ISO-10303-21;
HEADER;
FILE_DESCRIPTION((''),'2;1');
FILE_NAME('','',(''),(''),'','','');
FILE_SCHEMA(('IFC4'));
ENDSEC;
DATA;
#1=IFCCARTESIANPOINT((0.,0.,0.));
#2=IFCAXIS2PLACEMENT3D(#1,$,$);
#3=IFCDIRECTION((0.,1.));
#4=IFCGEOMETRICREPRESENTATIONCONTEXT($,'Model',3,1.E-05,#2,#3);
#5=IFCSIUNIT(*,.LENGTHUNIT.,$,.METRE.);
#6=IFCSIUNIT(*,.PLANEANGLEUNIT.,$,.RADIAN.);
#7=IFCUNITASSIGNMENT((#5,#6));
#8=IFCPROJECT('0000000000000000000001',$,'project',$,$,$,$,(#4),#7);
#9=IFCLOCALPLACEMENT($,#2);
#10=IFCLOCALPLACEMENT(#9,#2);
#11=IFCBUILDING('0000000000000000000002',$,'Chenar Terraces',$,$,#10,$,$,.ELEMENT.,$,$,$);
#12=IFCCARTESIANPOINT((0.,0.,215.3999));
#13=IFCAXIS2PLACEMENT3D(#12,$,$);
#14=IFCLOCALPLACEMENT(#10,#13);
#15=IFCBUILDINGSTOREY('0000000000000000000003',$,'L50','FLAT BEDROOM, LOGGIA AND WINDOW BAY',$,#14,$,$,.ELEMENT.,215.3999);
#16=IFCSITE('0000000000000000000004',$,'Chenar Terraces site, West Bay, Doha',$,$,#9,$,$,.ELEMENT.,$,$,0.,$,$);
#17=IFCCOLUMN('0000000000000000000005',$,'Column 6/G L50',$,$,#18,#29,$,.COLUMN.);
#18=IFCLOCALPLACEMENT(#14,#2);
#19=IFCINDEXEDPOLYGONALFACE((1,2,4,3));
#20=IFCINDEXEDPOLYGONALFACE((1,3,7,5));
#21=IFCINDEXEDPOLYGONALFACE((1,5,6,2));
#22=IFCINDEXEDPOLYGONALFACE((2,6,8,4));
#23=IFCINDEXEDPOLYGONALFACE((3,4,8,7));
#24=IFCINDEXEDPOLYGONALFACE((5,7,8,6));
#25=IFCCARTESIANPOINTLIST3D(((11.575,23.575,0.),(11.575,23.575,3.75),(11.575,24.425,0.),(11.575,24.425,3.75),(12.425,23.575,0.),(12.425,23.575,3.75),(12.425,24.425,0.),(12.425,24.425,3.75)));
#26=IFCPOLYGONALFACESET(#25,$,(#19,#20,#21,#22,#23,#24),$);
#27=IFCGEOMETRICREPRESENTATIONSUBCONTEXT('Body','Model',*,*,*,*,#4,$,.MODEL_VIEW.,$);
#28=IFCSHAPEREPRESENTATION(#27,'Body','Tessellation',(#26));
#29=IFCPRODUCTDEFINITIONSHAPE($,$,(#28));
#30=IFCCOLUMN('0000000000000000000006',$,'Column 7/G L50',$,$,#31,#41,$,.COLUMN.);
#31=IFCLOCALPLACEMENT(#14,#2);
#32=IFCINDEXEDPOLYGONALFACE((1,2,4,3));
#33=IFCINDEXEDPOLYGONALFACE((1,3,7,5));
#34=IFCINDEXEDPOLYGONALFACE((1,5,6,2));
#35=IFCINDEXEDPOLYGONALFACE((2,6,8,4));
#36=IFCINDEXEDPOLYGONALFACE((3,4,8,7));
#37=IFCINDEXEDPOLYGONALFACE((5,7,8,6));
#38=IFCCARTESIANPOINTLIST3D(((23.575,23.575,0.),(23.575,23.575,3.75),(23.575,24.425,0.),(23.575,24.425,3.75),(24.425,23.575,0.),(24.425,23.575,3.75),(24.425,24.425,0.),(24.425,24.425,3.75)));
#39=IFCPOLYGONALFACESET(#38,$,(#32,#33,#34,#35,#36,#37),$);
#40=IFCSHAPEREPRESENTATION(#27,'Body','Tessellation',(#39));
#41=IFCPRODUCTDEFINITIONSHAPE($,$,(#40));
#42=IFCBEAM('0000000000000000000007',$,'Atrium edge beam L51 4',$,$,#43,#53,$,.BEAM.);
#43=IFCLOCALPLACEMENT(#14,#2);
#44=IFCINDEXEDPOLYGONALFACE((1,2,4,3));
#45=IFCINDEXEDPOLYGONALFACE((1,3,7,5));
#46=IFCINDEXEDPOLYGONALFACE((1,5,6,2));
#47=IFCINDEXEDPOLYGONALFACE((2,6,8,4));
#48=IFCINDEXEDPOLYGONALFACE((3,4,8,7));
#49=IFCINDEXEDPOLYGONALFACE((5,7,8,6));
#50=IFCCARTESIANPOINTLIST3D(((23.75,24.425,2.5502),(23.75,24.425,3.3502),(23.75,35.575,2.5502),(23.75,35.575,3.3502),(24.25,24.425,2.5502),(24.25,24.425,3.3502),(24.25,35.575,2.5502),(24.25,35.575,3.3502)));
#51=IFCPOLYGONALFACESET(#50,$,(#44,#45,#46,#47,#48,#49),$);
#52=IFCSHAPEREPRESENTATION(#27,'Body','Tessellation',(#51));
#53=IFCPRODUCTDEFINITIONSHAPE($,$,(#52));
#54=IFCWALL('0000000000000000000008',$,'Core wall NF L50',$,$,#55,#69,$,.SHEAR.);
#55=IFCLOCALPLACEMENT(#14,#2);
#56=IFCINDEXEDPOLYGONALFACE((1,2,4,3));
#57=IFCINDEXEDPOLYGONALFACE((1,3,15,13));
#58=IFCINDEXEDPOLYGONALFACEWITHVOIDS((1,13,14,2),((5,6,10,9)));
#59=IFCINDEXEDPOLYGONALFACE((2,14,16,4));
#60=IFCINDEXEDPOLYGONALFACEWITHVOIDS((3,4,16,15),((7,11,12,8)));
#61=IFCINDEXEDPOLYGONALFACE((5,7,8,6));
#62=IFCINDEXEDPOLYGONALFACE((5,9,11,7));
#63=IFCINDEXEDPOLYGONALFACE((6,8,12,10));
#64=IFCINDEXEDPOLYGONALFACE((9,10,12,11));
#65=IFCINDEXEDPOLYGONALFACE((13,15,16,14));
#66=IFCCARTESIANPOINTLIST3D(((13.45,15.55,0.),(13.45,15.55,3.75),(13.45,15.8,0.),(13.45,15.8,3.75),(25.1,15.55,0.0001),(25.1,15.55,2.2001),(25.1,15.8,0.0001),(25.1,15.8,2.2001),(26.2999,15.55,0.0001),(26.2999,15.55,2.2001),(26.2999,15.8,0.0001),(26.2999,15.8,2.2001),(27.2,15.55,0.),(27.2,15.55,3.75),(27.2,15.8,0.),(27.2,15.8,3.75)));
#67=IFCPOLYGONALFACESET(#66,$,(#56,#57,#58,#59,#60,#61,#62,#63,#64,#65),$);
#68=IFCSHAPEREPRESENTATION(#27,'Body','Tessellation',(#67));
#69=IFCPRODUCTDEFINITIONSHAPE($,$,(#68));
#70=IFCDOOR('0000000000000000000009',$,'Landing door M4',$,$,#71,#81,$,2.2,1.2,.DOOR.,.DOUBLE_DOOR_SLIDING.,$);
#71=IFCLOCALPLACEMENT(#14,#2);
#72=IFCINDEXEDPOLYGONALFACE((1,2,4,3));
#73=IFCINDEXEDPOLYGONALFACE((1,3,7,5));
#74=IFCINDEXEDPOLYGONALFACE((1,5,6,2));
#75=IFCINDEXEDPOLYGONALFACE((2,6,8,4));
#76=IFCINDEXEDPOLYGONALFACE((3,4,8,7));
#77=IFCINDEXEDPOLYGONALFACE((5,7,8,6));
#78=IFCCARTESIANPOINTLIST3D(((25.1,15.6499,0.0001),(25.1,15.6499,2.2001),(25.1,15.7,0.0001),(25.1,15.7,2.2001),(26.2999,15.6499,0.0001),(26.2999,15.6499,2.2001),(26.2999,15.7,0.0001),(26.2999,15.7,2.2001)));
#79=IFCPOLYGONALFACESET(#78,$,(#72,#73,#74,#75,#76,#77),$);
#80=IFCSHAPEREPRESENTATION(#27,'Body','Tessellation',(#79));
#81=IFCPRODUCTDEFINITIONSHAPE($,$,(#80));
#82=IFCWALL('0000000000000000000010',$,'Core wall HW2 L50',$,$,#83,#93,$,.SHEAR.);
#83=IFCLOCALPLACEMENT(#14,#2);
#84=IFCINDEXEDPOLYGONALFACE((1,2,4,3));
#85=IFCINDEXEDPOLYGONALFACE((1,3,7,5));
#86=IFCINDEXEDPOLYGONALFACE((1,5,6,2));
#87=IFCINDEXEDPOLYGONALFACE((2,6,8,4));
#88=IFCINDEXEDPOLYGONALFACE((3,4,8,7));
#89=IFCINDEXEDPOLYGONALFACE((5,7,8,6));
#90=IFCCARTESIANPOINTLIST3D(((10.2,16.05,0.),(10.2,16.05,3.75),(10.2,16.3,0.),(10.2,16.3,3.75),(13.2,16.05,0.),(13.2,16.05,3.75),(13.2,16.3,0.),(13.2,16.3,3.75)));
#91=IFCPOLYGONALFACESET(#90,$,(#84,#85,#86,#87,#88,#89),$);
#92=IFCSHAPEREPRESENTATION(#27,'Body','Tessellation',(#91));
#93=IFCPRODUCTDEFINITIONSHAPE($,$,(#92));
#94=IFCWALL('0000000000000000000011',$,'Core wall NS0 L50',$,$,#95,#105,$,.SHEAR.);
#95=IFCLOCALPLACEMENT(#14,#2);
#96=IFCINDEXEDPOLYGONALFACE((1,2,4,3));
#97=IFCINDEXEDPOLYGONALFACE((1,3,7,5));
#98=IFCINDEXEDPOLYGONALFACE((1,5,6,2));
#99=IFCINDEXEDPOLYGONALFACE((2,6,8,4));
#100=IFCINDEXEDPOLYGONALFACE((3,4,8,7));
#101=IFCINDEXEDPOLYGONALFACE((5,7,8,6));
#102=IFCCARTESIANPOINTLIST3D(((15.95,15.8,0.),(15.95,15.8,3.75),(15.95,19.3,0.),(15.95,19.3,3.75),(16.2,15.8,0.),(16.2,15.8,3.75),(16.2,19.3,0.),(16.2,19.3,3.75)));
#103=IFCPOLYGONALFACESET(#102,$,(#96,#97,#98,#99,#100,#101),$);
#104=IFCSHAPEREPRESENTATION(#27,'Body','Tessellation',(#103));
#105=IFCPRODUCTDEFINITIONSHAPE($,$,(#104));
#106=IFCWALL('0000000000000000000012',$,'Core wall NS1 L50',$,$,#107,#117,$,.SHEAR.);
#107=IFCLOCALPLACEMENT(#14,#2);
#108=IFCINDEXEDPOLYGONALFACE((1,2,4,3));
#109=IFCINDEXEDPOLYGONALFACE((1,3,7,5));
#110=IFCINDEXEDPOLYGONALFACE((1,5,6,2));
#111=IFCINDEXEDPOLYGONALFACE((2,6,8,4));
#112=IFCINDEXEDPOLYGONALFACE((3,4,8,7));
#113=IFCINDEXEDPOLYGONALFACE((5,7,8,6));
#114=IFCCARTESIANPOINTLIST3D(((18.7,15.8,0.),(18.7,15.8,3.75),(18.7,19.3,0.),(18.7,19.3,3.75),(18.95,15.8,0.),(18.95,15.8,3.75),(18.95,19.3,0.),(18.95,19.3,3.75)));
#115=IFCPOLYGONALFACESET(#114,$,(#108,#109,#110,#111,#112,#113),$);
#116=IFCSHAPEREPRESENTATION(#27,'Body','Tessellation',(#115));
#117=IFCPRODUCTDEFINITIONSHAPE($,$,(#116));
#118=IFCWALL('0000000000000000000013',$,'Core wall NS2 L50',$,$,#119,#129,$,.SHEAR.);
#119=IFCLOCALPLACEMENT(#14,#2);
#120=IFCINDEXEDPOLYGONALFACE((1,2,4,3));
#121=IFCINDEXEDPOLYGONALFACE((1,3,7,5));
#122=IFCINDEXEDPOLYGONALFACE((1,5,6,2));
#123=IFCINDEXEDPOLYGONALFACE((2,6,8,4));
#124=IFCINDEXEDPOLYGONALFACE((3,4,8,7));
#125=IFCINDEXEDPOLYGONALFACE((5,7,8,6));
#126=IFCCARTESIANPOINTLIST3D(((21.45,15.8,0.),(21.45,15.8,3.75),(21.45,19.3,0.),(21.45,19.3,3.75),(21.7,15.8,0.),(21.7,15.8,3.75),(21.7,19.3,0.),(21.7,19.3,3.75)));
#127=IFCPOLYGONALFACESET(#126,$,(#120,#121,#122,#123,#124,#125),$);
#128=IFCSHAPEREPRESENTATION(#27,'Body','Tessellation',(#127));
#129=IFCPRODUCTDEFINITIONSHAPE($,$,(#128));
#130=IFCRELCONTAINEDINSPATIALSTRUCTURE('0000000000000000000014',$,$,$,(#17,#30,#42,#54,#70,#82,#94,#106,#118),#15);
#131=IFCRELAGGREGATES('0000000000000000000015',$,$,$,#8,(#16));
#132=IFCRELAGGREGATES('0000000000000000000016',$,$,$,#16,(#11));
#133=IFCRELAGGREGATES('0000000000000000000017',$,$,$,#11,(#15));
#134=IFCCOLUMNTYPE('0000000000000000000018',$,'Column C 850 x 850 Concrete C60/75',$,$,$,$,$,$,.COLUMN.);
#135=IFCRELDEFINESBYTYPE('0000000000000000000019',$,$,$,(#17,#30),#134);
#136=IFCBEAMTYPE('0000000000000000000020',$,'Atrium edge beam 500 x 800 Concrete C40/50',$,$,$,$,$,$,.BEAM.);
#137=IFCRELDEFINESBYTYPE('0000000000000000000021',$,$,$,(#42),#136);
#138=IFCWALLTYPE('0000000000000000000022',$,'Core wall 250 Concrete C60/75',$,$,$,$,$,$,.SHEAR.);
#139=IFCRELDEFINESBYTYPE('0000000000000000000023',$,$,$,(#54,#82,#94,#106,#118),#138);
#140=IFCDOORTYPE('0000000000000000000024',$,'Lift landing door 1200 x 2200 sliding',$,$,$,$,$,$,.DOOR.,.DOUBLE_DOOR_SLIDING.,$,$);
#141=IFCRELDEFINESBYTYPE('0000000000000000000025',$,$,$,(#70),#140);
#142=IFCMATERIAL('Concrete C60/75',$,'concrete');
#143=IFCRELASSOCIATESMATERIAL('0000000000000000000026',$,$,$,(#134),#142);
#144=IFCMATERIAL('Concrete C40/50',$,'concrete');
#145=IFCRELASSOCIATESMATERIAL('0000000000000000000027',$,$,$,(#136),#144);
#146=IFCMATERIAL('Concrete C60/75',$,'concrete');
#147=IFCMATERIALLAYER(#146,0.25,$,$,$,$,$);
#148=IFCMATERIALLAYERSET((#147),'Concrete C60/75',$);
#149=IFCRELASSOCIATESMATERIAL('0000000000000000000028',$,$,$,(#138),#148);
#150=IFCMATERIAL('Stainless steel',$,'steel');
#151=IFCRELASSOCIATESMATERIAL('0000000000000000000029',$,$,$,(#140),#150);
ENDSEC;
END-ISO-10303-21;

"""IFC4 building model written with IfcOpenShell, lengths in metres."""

from ifc_helpers import new_model, si_unit, direction, frame, frame_2d, origin, origin_2d, place, context, subcontext, project, spatial, rectangle, extrude, material, layer, layer_set, material_profile, profile_set, type_object, element, fill, save


model = new_model("IFC4")

# Units and contexts
model_context = context("Model", 3, precision=1e-05, world=origin(), true_north=direction((0.0, 1.0)))
body_context = subcontext(model_context, "Body", "Model", "MODEL_VIEW")
ifc_project = project(units=[si_unit("LENGTHUNIT", "METRE"), si_unit("PLANEANGLEUNIT", "RADIAN")], contexts=[model_context])

# Site, building, storey
site_placement = place(None, origin())
site = spatial("IfcSite", under=ifc_project, at=site_placement, Name="Chenar Terraces site, West Bay, Doha", CompositionType="ELEMENT", RefElevation=0.0)
building_placement = place(site_placement, origin())
building = spatial("IfcBuilding", under=site, at=building_placement, Name="Chenar Terraces", CompositionType="ELEMENT")
storey_placement = place(building_placement, frame((0.0, 0.0, 215.3999)))
storey = spatial("IfcBuildingStorey", under=building, at=storey_placement, Name="L50", Description="FLAT BEDROOM, LOGGIA AND WINDOW BAY", CompositionType="ELEMENT", Elevation=215.3999)

# Columns
ifc_material_1 = material(Name="Concrete C60/75", Category="concrete")
ifc_material_profile_1 = material_profile(ifc_material_1, rectangle(XDim=0.8501, YDim=0.8501, at=origin_2d()), Name="C 850 x 850")
ifc_profile_set_1 = profile_set([ifc_material_profile_1], Name="Concrete C60/75")
column_type = type_object("IfcColumnType", Name="Column C 850 x 850 Concrete C60/75", PredefinedType="COLUMN", material=ifc_profile_set_1)
for number, where, z_axis, x_axis, name in (
    (1, (12.0, 24.0, 0.0), (0.0, 0.0, 1.0), (1.0, 0.0, 0.0), "Column 6/G L50"),
    (2, (24.0, 24.0, 0.0), (0.0, 0.0, 1.0), (1.0, 0.0, 0.0), "Column 7/G L50"),
):
    element("IfcColumn", number, at=place(storey_placement, frame(where, z_axis=z_axis, x_axis=x_axis)), inside=storey, type_object=column_type, Name=name, PredefinedType="COLUMN", context=body_context, shape_type="SweptSolid", body=[
        extrude(rectangle(XDim=0.8501, YDim=0.8501, at=origin_2d()), origin(), (0.0, 0.0, 1.0), 3.75),
    ])

# Beam
ifc_material_2 = material(Name="Concrete C40/50", Category="concrete")
ifc_material_profile_2 = material_profile(ifc_material_2, rectangle(XDim=0.5, YDim=0.8, at=origin_2d()), Name="RC 500 x 800")
ifc_profile_set_2 = profile_set([ifc_material_profile_2], Name="Concrete C40/50")
beam_type = type_object("IfcBeamType", Name="Atrium edge beam 500 x 800 Concrete C40/50", PredefinedType="BEAM", material=ifc_profile_set_2)
beam_placement = place(storey_placement, frame((24.0, 35.575, 2.9502), z_axis=(0.0, -1.0, 0.0), x_axis=(1.0, 0.0, 0.0)))
element("IfcBeam", 3, at=beam_placement, inside=storey, type_object=beam_type, Name="Atrium edge beam L51 4", PredefinedType="BEAM", context=body_context, shape_type="SweptSolid", body=[
    extrude(rectangle(XDim=0.5, YDim=0.8, at=origin_2d()), origin(), (0.0, 0.0, 1.0), 11.1499),
])

# Wall, opening, door
ifc_material_3 = material(Name="Concrete C60/75", Category="concrete")
ifc_layer_1 = layer(ifc_material_3, 0.25)
ifc_layer_set_1 = layer_set([ifc_layer_1], Name="Concrete C60/75")
wall_type_1 = type_object("IfcWallType", Name="Core wall 250 Concrete C60/75", PredefinedType="SHEAR", material=ifc_layer_set_1)
wall_1_placement = place(storey_placement, frame((13.45, 15.675, 0.0), z_axis=(0.0, 0.0, 1.0), x_axis=(1.0, 0.0, 0.0)))
wall_1 = element("IfcWall", 4, at=wall_1_placement, inside=storey, type_object=wall_type_1, Name="Core wall NF L50", PredefinedType="SHEAR", context=body_context, shape_type="SweptSolid", body=[
    extrude(rectangle(XDim=13.75, YDim=0.25, at=frame_2d((6.875, 0.0))), origin(), (0.0, 0.0, 1.0), 3.75),
])
opening_1_placement = place(wall_1_placement, frame((11.6499, 0.0, 0.0)))
opening_1 = element("IfcOpeningElement", 5, at=opening_1_placement, cuts=wall_1, PredefinedType="OPENING", context=body_context, shape_type="SweptSolid", body=[
    extrude(rectangle(XDim=1.2, YDim=2.2, at=frame_2d((0.6001, 1.1001))), frame((0.0, 0.135, 0.0), z_axis=(0.0, -1.0, 0.0), x_axis=(1.0, 0.0, 0.0)), (0.0, 0.0, 1.0), 0.27),
])
ifc_material_4 = material(Name="Stainless steel", Category="steel")
door_type_1 = type_object("IfcDoorType", Name="Lift landing door 1200 x 2200 sliding", OperationType="DOUBLE_DOOR_SLIDING", PredefinedType="DOOR", material=ifc_material_4)
door_1_placement = place(opening_1_placement, origin())
door_1 = element("IfcDoor", 6, at=door_1_placement, inside=storey, type_object=door_type_1, Name="Landing door M4", OperationType="DOUBLE_DOOR_SLIDING", OverallHeight=2.2, OverallWidth=1.2, PredefinedType="DOOR", context=body_context, shape_type="SweptSolid", body=[
    extrude(rectangle(XDim=1.2, YDim=2.2, at=frame_2d((0.6001, 1.1001))), frame((0.0, 0.0249, 0.0), z_axis=(0.0, -1.0, 0.0), x_axis=(1.0, 0.0, 0.0)), (0.0, 0.0, 1.0), 0.05),
])
fill(opening_1, door_1)

# Walls
wall_2_placement = place(storey_placement, frame((10.2, 16.175, 0.0), z_axis=(0.0, 0.0, 1.0), x_axis=(1.0, 0.0, 0.0)))
element("IfcWall", 7, at=wall_2_placement, inside=storey, type_object=wall_type_1, Name="Core wall HW2 L50", PredefinedType="SHEAR", context=body_context, shape_type="SweptSolid", body=[
    extrude(rectangle(XDim=3.0, YDim=0.25, at=frame_2d((1.5, 0.0))), origin(), (0.0, 0.0, 1.0), 3.75),
])
for number, where, z_axis, x_axis, name in (
    (8, (16.075, 15.8, 0.0), (0.0, 0.0, 1.0), (0.0, 1.0, 0.0), "Core wall NS0 L50"),
    (9, (18.825, 15.8, 0.0), (0.0, 0.0, 1.0), (0.0, 1.0, 0.0), "Core wall NS1 L50"),
    (10, (21.575, 15.8, 0.0), (0.0, 0.0, 1.0), (0.0, 1.0, 0.0), "Core wall NS2 L50"),
):
    element("IfcWall", number, at=place(storey_placement, frame(where, z_axis=z_axis, x_axis=x_axis)), inside=storey, type_object=wall_type_1, Name=name, PredefinedType="SHEAR", context=body_context, shape_type="SweptSolid", body=[
        extrude(rectangle(XDim=3.5, YDim=0.25, at=frame_2d((1.75, 0.0))), origin(), (0.0, 0.0, 1.0), 3.75),
    ])

save(model, "model.ifc")
